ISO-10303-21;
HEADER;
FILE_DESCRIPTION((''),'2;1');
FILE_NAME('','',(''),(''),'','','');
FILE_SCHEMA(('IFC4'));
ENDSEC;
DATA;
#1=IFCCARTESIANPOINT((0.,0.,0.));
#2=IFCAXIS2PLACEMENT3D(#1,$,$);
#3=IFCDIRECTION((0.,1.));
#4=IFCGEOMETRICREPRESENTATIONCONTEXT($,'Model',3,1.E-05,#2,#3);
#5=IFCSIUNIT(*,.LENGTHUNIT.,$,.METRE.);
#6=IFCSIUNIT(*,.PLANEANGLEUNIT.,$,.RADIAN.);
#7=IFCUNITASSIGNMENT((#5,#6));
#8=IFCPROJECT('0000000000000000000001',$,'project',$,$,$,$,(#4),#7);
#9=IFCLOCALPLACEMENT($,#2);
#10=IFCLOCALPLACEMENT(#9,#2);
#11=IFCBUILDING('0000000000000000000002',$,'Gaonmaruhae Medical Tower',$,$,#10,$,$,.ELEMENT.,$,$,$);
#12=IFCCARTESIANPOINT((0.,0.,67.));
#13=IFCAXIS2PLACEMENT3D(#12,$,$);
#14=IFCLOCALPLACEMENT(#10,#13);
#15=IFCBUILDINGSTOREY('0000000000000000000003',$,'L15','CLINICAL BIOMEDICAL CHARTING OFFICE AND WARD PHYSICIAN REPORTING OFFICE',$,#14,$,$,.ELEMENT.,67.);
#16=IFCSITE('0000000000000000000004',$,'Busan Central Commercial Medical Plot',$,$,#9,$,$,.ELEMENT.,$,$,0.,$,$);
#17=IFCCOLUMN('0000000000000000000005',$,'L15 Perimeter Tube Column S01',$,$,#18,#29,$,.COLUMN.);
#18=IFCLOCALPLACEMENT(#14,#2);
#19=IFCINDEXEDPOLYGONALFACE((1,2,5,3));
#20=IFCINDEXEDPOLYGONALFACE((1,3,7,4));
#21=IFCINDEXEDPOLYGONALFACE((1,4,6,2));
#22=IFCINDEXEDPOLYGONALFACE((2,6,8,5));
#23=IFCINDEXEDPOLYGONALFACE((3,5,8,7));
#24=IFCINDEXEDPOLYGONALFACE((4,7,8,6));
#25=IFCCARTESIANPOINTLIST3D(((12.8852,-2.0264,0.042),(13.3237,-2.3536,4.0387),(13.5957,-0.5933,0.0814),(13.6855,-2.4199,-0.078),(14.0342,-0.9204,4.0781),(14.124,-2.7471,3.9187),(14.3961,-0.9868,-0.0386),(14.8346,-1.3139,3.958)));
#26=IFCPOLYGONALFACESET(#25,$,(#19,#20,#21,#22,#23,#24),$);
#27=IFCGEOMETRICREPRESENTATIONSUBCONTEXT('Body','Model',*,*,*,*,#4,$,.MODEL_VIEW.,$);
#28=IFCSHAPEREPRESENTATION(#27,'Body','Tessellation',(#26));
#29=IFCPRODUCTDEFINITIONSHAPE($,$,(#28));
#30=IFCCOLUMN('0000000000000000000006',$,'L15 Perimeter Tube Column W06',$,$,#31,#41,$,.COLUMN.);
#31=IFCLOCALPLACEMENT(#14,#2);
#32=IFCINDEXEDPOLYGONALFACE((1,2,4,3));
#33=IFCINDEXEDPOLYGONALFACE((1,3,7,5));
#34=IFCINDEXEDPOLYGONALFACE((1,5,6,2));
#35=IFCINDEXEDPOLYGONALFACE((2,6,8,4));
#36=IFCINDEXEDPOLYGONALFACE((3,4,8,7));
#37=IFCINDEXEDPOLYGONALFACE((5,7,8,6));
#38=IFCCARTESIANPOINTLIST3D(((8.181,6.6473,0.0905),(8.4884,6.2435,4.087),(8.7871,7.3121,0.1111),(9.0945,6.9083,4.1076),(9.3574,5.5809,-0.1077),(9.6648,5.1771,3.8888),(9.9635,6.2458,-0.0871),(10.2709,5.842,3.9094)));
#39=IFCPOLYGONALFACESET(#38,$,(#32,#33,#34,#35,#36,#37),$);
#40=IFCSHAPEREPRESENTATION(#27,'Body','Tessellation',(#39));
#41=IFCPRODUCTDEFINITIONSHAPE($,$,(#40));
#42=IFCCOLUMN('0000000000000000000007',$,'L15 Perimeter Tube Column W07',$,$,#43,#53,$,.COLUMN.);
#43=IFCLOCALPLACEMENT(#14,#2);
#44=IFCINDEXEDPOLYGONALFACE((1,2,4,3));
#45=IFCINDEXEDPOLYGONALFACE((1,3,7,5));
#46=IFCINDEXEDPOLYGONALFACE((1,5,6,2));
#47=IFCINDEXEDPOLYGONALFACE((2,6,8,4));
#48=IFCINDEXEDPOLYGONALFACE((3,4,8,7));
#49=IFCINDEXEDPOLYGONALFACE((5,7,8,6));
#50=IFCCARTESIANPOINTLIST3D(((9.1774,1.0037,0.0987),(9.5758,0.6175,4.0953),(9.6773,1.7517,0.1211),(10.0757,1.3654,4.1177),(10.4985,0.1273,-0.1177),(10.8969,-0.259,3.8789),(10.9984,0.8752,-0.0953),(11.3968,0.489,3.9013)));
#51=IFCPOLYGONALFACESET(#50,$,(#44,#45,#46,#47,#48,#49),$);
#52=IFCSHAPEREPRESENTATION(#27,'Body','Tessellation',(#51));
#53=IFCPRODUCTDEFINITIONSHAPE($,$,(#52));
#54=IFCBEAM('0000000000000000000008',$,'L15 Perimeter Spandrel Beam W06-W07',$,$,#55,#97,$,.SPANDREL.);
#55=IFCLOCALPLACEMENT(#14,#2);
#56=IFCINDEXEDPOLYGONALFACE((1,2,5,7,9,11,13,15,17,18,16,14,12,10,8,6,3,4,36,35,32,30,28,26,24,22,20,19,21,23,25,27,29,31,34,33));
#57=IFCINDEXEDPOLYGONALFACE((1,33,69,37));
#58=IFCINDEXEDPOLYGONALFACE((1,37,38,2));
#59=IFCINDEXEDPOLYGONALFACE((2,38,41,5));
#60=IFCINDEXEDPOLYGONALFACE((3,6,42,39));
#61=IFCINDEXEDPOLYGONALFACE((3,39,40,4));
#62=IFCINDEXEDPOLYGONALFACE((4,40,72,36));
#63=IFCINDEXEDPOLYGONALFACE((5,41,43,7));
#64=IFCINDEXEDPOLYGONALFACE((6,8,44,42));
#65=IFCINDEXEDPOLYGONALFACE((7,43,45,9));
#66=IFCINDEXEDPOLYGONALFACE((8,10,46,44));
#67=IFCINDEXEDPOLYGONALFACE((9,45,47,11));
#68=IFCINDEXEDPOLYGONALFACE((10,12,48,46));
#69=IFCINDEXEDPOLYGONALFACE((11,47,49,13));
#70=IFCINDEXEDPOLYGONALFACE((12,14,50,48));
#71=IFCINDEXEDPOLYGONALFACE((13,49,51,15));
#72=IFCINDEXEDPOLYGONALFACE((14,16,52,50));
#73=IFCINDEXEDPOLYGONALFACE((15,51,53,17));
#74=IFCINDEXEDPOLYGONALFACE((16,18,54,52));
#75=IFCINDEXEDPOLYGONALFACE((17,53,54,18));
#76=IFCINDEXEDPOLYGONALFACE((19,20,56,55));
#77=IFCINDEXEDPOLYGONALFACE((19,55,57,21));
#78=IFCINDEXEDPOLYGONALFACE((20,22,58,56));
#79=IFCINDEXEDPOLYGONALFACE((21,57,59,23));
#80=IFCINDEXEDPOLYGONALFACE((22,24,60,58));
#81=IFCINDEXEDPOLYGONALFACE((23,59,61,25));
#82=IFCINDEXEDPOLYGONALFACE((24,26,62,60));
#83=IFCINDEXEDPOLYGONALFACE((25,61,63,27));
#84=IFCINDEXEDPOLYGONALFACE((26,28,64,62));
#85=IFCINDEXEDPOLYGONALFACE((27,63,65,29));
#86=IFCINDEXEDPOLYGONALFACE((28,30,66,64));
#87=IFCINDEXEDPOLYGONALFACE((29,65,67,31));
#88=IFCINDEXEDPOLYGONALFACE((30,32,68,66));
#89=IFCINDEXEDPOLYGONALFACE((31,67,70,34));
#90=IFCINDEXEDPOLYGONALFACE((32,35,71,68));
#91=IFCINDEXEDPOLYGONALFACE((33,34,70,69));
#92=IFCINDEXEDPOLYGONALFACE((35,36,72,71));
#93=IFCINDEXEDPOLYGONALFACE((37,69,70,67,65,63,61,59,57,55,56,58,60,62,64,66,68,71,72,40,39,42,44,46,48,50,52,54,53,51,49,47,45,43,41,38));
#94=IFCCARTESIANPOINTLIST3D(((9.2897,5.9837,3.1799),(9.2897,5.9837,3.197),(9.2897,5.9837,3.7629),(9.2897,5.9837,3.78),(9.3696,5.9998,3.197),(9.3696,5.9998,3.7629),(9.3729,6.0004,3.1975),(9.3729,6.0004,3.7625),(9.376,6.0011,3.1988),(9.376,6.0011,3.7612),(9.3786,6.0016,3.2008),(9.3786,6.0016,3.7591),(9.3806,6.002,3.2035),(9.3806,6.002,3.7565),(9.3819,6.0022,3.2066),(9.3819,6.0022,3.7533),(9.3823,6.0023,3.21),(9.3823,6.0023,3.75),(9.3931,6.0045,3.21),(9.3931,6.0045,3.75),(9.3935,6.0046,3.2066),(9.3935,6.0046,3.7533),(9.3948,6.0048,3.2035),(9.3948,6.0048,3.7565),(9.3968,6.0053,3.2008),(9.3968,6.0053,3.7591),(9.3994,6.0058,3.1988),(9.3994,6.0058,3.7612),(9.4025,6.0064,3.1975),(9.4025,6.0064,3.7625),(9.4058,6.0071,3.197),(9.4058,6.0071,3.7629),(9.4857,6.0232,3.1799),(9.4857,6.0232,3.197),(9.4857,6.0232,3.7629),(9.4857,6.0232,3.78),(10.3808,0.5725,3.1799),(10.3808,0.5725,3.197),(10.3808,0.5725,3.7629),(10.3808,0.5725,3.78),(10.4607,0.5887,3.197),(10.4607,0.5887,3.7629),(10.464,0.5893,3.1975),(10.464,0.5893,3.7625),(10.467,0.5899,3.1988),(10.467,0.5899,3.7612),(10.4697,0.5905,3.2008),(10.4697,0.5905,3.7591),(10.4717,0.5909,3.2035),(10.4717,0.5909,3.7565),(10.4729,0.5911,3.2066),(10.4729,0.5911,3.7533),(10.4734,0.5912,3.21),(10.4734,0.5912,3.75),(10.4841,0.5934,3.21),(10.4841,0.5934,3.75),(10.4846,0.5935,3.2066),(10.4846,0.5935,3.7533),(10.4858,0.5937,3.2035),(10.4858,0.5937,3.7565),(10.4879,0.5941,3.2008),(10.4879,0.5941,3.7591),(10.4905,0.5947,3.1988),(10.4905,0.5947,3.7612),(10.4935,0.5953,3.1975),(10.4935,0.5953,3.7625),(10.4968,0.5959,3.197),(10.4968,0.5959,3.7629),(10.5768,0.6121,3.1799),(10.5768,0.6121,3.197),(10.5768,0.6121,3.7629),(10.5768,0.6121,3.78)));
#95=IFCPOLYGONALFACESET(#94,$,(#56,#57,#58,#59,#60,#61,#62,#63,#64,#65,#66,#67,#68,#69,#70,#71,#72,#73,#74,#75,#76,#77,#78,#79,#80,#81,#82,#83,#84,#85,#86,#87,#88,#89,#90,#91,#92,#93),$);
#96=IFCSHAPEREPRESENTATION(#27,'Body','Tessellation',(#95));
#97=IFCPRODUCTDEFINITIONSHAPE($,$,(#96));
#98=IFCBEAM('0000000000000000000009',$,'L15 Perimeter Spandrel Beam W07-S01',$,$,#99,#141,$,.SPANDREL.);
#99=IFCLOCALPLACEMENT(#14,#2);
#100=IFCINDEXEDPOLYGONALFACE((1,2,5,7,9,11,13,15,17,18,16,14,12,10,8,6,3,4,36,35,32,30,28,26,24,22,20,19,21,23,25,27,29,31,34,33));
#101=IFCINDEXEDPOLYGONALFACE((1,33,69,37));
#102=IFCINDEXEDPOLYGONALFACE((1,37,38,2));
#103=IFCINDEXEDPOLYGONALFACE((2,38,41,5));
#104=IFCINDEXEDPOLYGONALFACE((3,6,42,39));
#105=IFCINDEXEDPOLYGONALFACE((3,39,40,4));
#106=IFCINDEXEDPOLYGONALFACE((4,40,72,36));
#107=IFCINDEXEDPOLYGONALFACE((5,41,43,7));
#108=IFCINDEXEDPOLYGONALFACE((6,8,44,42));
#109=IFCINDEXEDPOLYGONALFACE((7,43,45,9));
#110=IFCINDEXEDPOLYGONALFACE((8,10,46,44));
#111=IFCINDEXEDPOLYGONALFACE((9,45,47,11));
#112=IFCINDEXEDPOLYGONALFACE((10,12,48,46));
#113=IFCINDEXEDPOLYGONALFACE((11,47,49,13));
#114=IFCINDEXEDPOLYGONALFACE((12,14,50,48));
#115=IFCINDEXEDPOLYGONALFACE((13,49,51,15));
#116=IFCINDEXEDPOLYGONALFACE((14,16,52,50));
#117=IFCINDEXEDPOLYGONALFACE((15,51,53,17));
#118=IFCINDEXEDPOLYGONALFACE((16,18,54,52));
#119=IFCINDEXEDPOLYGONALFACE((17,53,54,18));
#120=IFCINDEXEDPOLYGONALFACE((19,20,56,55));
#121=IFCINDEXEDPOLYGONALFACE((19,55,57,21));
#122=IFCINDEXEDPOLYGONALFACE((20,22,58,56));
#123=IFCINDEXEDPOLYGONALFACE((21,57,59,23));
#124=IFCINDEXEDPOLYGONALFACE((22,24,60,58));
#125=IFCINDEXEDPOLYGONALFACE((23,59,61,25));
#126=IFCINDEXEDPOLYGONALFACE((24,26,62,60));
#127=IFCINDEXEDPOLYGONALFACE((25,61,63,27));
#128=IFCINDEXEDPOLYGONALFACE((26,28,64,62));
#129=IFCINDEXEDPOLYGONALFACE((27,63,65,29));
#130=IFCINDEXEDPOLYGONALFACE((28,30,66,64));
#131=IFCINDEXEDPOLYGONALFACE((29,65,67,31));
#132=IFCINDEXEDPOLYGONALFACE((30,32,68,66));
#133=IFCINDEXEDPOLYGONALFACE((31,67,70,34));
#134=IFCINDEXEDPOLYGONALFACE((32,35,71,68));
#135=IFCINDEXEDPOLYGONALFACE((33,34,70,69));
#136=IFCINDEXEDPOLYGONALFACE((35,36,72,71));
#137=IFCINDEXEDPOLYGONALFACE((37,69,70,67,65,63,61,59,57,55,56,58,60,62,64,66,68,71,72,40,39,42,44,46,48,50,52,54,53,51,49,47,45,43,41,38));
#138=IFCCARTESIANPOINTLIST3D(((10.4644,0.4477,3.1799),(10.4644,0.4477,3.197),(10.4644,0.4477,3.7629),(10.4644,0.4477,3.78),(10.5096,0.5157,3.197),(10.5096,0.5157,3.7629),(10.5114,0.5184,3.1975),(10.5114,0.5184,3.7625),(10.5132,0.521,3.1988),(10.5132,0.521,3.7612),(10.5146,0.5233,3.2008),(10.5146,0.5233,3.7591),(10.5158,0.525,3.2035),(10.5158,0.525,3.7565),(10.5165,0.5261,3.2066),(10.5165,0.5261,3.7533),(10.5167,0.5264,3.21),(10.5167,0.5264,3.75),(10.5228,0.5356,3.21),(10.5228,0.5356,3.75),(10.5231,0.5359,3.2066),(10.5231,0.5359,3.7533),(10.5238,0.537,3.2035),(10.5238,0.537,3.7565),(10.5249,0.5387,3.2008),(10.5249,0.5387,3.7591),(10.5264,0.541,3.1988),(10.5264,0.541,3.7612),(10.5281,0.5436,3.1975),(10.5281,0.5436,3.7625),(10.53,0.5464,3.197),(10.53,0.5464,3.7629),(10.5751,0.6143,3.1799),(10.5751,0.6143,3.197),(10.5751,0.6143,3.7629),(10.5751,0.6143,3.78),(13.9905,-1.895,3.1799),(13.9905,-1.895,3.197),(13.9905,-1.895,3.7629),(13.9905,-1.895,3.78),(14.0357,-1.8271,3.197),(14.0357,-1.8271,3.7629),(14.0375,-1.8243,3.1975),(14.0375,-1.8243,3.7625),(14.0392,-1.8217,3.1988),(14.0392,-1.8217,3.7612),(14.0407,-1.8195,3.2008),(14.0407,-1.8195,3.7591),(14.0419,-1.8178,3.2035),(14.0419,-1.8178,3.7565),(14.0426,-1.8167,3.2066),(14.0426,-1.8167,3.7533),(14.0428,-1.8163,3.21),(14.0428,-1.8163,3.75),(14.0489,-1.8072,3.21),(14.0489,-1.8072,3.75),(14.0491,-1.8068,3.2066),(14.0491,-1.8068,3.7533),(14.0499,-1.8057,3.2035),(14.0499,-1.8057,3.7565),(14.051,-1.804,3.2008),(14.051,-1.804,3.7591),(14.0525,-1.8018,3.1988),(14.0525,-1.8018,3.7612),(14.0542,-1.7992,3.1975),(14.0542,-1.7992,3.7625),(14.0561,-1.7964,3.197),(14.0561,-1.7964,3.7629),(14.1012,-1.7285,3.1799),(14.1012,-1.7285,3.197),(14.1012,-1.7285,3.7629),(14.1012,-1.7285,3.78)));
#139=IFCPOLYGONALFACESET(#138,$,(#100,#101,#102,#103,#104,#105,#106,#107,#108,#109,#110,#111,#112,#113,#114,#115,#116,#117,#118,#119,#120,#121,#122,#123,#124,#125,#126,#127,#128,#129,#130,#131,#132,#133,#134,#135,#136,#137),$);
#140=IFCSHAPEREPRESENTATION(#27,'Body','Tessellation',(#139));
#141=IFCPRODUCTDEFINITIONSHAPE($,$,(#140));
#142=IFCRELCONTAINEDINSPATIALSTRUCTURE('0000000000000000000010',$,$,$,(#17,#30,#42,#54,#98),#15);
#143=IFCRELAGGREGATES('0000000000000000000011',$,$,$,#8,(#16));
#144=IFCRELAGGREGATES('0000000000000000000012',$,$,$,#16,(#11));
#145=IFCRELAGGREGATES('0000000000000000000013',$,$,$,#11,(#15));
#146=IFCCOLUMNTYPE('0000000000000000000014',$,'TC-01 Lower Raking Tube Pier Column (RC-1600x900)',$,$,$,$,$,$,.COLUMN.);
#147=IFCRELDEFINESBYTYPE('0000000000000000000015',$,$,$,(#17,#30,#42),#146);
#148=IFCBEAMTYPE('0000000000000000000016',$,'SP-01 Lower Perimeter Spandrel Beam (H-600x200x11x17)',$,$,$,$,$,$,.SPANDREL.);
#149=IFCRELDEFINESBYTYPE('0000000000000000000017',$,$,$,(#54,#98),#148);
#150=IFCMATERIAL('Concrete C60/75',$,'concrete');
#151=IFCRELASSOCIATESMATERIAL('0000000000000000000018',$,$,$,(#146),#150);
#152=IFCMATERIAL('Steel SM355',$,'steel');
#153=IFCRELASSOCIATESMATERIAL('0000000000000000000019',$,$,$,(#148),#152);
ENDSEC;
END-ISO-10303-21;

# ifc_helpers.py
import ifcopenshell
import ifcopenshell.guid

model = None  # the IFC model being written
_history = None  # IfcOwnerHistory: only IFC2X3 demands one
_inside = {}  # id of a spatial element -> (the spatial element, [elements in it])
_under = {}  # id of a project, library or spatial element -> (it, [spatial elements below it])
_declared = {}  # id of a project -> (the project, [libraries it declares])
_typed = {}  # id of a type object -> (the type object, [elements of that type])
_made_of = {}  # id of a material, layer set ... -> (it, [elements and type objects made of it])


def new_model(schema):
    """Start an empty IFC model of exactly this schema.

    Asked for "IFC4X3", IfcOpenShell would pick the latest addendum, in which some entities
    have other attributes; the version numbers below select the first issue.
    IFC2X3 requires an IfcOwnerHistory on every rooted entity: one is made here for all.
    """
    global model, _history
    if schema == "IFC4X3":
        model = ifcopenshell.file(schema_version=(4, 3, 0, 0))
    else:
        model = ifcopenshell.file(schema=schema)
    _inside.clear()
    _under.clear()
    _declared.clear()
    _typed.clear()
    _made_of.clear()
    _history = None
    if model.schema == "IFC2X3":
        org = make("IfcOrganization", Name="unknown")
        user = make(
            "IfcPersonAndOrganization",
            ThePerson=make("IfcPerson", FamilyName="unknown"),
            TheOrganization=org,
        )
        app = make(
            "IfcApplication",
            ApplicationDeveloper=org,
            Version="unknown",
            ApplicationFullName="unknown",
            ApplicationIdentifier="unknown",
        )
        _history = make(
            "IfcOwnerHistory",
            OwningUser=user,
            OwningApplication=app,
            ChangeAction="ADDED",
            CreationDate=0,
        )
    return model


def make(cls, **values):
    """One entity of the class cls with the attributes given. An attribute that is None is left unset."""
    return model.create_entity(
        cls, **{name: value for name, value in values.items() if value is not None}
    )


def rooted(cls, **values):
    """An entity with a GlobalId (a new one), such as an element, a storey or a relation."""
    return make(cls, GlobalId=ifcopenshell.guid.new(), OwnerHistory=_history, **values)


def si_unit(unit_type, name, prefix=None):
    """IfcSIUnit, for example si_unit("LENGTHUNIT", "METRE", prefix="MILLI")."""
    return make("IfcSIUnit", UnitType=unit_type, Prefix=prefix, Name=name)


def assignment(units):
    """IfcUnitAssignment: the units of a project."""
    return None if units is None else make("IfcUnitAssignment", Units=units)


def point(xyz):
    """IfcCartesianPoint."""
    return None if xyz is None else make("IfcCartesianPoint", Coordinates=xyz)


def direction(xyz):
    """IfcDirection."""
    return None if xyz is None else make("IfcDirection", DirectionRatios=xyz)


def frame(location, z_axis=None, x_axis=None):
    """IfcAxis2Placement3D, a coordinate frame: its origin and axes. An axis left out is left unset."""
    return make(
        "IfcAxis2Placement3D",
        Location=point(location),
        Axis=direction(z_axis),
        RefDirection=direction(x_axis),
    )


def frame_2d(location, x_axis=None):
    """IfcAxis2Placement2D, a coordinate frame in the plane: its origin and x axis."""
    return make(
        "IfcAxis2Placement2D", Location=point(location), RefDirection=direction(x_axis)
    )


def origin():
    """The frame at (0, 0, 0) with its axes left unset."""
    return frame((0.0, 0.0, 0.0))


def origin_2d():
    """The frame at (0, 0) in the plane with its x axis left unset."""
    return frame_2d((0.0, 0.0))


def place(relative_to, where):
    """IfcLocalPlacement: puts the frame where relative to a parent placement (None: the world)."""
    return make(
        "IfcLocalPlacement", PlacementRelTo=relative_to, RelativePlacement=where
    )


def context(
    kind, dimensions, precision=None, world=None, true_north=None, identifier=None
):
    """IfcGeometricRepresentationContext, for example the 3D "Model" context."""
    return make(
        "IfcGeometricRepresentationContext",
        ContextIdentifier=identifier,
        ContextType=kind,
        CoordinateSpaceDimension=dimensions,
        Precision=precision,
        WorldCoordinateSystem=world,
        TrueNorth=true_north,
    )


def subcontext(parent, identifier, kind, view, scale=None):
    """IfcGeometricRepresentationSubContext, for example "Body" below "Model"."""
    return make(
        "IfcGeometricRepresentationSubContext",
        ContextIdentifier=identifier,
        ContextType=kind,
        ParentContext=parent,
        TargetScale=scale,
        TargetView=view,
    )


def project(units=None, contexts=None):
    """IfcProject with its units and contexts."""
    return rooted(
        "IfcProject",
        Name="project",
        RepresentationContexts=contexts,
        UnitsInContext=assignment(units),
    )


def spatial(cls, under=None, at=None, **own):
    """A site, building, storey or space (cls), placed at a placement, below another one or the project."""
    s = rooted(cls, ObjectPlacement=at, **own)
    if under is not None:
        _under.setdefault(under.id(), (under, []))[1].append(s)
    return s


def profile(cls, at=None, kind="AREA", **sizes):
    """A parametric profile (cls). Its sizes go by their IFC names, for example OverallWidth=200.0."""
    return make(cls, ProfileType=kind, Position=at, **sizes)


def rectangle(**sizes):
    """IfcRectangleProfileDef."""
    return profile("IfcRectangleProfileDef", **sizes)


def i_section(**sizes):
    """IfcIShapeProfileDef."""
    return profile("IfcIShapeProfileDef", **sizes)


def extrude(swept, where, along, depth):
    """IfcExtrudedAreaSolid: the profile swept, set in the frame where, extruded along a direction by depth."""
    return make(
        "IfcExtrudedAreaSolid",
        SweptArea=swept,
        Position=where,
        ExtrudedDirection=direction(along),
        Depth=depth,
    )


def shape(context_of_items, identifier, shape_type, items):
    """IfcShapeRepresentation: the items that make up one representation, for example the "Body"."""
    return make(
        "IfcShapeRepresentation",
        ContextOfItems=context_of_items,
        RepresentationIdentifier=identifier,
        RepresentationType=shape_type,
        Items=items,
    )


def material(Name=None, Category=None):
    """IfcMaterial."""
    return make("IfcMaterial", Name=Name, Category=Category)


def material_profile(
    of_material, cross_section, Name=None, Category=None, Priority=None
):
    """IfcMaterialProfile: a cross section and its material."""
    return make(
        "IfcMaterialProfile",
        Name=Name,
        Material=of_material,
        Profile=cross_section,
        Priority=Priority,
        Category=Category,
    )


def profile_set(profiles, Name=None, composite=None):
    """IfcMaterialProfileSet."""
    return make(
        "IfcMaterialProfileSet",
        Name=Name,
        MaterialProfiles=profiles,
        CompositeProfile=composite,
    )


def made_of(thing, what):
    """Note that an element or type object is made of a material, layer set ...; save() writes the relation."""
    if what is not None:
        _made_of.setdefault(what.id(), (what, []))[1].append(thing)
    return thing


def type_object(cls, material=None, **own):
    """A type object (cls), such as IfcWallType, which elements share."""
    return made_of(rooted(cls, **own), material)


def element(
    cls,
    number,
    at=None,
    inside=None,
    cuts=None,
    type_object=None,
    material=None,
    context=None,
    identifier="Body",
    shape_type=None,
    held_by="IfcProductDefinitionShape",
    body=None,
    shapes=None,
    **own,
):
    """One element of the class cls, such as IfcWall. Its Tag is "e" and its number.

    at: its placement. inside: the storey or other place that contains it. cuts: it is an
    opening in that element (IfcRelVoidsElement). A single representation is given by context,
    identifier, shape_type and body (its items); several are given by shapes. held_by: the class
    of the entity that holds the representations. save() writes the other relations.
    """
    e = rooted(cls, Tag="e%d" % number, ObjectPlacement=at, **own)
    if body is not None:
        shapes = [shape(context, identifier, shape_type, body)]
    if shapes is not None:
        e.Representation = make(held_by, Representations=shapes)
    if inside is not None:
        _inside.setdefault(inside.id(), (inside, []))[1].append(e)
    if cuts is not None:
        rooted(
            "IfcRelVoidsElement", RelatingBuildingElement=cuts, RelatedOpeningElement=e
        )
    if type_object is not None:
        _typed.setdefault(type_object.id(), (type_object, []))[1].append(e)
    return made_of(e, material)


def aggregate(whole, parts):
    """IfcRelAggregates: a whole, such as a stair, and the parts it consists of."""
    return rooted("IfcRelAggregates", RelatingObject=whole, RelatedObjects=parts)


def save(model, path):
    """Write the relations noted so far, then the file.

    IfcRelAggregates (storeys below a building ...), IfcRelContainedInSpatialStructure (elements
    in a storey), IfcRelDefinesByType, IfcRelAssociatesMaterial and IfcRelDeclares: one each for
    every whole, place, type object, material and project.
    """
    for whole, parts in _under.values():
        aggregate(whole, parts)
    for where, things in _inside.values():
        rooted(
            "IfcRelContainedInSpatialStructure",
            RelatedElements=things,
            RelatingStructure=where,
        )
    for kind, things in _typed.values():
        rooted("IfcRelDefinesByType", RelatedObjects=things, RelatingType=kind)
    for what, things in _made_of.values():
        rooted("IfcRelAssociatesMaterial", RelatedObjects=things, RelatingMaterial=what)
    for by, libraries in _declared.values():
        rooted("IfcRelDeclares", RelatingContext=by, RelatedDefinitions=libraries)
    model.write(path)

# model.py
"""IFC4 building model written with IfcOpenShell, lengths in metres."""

from ifc_helpers import new_model, si_unit, direction, frame, origin, origin_2d, place, context, subcontext, project, spatial, rectangle, i_section, extrude, material, material_profile, profile_set, type_object, element, save


model = new_model("IFC4")

# Units and contexts
model_context = context("Model", 3, precision=1e-05, world=origin(), true_north=direction((0.0, 1.0)))
body_context = subcontext(model_context, "Body", "Model", "MODEL_VIEW")
ifc_project = project(units=[si_unit("LENGTHUNIT", "METRE"), si_unit("PLANEANGLEUNIT", "RADIAN")], contexts=[model_context])

# Site, building, storey
site_placement = place(None, origin())
site = spatial("IfcSite", under=ifc_project, at=site_placement, Name="Busan Central Commercial Medical Plot", CompositionType="ELEMENT", RefElevation=0.0)
building_placement = place(site_placement, origin())
building = spatial("IfcBuilding", under=site, at=building_placement, Name="Gaonmaruhae Medical Tower", CompositionType="ELEMENT")
storey_placement = place(building_placement, frame((0.0, 0.0, 67.0)))
storey = spatial("IfcBuildingStorey", under=building, at=storey_placement, Name="L15", Description="CLINICAL BIOMEDICAL CHARTING OFFICE AND WARD PHYSICIAN REPORTING OFFICE", CompositionType="ELEMENT", Elevation=67.0)

# Columns
ifc_material_1 = material(Name="Concrete C60/75", Category="concrete")
ifc_material_profile_1 = material_profile(ifc_material_1, rectangle(XDim=1.6001, YDim=0.8999, at=origin_2d()), Name="RC-1600x900")
ifc_profile_set_1 = profile_set([ifc_material_profile_1], Name="Concrete C60/75")
column_type = type_object("IfcColumnType", Name="TC-01 Lower Raking Tube Pier Column (RC-1600x900)", PredefinedType="COLUMN", material=ifc_profile_set_1)
column_1_placement = place(storey_placement, frame((13.6406, -1.5066, 0.0017), z_axis=(0.108699, -0.081101, 0.990761), x_axis=(0.44405, 0.895664, 0.024598)))
element("IfcColumn", 1, at=column_1_placement, inside=storey, type_object=column_type, Name="L15 Perimeter Tube Column S01", PredefinedType="COLUMN", context=body_context, shape_type="SweptSolid", body=[
    extrude(rectangle(XDim=1.6001, YDim=0.8999, at=origin_2d()), origin(), (0.0, 0.0, 1.0), 4.0339),
])
column_2_placement = place(storey_placement, frame((9.0723, 6.4465, 0.0017), z_axis=(0.076296, -0.100234, 0.992034), x_axis=(-0.735213, 0.66642, 0.123879)))
element("IfcColumn", 2, at=column_2_placement, inside=storey, type_object=column_type, Name="L15 Perimeter Tube Column W06", PredefinedType="COLUMN", context=body_context, shape_type="SweptSolid", body=[
    extrude(rectangle(XDim=1.6001, YDim=0.8999, at=origin_2d()), origin(), (0.0, 0.0, 1.0), 4.0286),
])
column_3_placement = place(storey_placement, frame((10.0879, 0.9395, 0.0017), z_axis=(0.098747, -0.095722, 0.990498), x_axis=(-0.825644, 0.547741, 0.135246)))
element("IfcColumn", 3, at=column_3_placement, inside=storey, type_object=column_type, Name="L15 Perimeter Tube Column W07", PredefinedType="COLUMN", context=body_context, shape_type="SweptSolid", body=[
    extrude(rectangle(XDim=1.6001, YDim=0.8999, at=origin_2d()), origin(), (0.0, 0.0, 1.0), 4.0349),
])

# Beams
ifc_material_2 = material(Name="Steel SM355", Category="steel")
ifc_material_profile_2 = material_profile(ifc_material_2, i_section(OverallWidth=0.2, OverallDepth=0.6001, WebThickness=0.011, FlangeThickness=0.0171, FilletRadius=0.0129, at=origin_2d()), Name="H-600x200x11x17")
ifc_profile_set_2 = profile_set([ifc_material_profile_2], Name="Steel SM355")
beam_type = type_object("IfcBeamType", Name="SP-01 Lower Perimeter Spandrel Beam (H-600x200x11x17)", PredefinedType="SPANDREL", material=ifc_profile_set_2)
beam_1_placement = place(storey_placement, frame((9.3877, 6.0034, 3.48), z_axis=(0.197655, -0.980272, 0.0), x_axis=(0.980272, 0.197655, 0.0)))
element("IfcBeam", 4, at=beam_1_placement, inside=storey, type_object=beam_type, Name="L15 Perimeter Spandrel Beam W06-W07", PredefinedType="SPANDREL", context=body_context, shape_type="SweptSolid", body=[
    extrude(i_section(OverallWidth=0.2, OverallDepth=0.6001, WebThickness=0.011, FlangeThickness=0.0171, FilletRadius=0.0129, at=origin_2d()), origin(), (0.0, 0.0, 1.0), 5.52),
])
beam_2_placement = place(storey_placement, frame((10.5198, 0.531, 3.48), z_axis=(0.832919, -0.553395, 0.0), x_axis=(0.553395, 0.832919, 0.0)))
element("IfcBeam", 5, at=beam_2_placement, inside=storey, type_object=beam_type, Name="L15 Perimeter Spandrel Beam W07-S01", PredefinedType="SPANDREL", context=body_context, shape_type="SweptSolid", body=[
    extrude(i_section(OverallWidth=0.2, OverallDepth=0.6001, WebThickness=0.011, FlangeThickness=0.0171, FilletRadius=0.0129, at=origin_2d()), origin(), (0.0, 0.0, 1.0), 4.2334),
])

save(model, "model.ifc")
